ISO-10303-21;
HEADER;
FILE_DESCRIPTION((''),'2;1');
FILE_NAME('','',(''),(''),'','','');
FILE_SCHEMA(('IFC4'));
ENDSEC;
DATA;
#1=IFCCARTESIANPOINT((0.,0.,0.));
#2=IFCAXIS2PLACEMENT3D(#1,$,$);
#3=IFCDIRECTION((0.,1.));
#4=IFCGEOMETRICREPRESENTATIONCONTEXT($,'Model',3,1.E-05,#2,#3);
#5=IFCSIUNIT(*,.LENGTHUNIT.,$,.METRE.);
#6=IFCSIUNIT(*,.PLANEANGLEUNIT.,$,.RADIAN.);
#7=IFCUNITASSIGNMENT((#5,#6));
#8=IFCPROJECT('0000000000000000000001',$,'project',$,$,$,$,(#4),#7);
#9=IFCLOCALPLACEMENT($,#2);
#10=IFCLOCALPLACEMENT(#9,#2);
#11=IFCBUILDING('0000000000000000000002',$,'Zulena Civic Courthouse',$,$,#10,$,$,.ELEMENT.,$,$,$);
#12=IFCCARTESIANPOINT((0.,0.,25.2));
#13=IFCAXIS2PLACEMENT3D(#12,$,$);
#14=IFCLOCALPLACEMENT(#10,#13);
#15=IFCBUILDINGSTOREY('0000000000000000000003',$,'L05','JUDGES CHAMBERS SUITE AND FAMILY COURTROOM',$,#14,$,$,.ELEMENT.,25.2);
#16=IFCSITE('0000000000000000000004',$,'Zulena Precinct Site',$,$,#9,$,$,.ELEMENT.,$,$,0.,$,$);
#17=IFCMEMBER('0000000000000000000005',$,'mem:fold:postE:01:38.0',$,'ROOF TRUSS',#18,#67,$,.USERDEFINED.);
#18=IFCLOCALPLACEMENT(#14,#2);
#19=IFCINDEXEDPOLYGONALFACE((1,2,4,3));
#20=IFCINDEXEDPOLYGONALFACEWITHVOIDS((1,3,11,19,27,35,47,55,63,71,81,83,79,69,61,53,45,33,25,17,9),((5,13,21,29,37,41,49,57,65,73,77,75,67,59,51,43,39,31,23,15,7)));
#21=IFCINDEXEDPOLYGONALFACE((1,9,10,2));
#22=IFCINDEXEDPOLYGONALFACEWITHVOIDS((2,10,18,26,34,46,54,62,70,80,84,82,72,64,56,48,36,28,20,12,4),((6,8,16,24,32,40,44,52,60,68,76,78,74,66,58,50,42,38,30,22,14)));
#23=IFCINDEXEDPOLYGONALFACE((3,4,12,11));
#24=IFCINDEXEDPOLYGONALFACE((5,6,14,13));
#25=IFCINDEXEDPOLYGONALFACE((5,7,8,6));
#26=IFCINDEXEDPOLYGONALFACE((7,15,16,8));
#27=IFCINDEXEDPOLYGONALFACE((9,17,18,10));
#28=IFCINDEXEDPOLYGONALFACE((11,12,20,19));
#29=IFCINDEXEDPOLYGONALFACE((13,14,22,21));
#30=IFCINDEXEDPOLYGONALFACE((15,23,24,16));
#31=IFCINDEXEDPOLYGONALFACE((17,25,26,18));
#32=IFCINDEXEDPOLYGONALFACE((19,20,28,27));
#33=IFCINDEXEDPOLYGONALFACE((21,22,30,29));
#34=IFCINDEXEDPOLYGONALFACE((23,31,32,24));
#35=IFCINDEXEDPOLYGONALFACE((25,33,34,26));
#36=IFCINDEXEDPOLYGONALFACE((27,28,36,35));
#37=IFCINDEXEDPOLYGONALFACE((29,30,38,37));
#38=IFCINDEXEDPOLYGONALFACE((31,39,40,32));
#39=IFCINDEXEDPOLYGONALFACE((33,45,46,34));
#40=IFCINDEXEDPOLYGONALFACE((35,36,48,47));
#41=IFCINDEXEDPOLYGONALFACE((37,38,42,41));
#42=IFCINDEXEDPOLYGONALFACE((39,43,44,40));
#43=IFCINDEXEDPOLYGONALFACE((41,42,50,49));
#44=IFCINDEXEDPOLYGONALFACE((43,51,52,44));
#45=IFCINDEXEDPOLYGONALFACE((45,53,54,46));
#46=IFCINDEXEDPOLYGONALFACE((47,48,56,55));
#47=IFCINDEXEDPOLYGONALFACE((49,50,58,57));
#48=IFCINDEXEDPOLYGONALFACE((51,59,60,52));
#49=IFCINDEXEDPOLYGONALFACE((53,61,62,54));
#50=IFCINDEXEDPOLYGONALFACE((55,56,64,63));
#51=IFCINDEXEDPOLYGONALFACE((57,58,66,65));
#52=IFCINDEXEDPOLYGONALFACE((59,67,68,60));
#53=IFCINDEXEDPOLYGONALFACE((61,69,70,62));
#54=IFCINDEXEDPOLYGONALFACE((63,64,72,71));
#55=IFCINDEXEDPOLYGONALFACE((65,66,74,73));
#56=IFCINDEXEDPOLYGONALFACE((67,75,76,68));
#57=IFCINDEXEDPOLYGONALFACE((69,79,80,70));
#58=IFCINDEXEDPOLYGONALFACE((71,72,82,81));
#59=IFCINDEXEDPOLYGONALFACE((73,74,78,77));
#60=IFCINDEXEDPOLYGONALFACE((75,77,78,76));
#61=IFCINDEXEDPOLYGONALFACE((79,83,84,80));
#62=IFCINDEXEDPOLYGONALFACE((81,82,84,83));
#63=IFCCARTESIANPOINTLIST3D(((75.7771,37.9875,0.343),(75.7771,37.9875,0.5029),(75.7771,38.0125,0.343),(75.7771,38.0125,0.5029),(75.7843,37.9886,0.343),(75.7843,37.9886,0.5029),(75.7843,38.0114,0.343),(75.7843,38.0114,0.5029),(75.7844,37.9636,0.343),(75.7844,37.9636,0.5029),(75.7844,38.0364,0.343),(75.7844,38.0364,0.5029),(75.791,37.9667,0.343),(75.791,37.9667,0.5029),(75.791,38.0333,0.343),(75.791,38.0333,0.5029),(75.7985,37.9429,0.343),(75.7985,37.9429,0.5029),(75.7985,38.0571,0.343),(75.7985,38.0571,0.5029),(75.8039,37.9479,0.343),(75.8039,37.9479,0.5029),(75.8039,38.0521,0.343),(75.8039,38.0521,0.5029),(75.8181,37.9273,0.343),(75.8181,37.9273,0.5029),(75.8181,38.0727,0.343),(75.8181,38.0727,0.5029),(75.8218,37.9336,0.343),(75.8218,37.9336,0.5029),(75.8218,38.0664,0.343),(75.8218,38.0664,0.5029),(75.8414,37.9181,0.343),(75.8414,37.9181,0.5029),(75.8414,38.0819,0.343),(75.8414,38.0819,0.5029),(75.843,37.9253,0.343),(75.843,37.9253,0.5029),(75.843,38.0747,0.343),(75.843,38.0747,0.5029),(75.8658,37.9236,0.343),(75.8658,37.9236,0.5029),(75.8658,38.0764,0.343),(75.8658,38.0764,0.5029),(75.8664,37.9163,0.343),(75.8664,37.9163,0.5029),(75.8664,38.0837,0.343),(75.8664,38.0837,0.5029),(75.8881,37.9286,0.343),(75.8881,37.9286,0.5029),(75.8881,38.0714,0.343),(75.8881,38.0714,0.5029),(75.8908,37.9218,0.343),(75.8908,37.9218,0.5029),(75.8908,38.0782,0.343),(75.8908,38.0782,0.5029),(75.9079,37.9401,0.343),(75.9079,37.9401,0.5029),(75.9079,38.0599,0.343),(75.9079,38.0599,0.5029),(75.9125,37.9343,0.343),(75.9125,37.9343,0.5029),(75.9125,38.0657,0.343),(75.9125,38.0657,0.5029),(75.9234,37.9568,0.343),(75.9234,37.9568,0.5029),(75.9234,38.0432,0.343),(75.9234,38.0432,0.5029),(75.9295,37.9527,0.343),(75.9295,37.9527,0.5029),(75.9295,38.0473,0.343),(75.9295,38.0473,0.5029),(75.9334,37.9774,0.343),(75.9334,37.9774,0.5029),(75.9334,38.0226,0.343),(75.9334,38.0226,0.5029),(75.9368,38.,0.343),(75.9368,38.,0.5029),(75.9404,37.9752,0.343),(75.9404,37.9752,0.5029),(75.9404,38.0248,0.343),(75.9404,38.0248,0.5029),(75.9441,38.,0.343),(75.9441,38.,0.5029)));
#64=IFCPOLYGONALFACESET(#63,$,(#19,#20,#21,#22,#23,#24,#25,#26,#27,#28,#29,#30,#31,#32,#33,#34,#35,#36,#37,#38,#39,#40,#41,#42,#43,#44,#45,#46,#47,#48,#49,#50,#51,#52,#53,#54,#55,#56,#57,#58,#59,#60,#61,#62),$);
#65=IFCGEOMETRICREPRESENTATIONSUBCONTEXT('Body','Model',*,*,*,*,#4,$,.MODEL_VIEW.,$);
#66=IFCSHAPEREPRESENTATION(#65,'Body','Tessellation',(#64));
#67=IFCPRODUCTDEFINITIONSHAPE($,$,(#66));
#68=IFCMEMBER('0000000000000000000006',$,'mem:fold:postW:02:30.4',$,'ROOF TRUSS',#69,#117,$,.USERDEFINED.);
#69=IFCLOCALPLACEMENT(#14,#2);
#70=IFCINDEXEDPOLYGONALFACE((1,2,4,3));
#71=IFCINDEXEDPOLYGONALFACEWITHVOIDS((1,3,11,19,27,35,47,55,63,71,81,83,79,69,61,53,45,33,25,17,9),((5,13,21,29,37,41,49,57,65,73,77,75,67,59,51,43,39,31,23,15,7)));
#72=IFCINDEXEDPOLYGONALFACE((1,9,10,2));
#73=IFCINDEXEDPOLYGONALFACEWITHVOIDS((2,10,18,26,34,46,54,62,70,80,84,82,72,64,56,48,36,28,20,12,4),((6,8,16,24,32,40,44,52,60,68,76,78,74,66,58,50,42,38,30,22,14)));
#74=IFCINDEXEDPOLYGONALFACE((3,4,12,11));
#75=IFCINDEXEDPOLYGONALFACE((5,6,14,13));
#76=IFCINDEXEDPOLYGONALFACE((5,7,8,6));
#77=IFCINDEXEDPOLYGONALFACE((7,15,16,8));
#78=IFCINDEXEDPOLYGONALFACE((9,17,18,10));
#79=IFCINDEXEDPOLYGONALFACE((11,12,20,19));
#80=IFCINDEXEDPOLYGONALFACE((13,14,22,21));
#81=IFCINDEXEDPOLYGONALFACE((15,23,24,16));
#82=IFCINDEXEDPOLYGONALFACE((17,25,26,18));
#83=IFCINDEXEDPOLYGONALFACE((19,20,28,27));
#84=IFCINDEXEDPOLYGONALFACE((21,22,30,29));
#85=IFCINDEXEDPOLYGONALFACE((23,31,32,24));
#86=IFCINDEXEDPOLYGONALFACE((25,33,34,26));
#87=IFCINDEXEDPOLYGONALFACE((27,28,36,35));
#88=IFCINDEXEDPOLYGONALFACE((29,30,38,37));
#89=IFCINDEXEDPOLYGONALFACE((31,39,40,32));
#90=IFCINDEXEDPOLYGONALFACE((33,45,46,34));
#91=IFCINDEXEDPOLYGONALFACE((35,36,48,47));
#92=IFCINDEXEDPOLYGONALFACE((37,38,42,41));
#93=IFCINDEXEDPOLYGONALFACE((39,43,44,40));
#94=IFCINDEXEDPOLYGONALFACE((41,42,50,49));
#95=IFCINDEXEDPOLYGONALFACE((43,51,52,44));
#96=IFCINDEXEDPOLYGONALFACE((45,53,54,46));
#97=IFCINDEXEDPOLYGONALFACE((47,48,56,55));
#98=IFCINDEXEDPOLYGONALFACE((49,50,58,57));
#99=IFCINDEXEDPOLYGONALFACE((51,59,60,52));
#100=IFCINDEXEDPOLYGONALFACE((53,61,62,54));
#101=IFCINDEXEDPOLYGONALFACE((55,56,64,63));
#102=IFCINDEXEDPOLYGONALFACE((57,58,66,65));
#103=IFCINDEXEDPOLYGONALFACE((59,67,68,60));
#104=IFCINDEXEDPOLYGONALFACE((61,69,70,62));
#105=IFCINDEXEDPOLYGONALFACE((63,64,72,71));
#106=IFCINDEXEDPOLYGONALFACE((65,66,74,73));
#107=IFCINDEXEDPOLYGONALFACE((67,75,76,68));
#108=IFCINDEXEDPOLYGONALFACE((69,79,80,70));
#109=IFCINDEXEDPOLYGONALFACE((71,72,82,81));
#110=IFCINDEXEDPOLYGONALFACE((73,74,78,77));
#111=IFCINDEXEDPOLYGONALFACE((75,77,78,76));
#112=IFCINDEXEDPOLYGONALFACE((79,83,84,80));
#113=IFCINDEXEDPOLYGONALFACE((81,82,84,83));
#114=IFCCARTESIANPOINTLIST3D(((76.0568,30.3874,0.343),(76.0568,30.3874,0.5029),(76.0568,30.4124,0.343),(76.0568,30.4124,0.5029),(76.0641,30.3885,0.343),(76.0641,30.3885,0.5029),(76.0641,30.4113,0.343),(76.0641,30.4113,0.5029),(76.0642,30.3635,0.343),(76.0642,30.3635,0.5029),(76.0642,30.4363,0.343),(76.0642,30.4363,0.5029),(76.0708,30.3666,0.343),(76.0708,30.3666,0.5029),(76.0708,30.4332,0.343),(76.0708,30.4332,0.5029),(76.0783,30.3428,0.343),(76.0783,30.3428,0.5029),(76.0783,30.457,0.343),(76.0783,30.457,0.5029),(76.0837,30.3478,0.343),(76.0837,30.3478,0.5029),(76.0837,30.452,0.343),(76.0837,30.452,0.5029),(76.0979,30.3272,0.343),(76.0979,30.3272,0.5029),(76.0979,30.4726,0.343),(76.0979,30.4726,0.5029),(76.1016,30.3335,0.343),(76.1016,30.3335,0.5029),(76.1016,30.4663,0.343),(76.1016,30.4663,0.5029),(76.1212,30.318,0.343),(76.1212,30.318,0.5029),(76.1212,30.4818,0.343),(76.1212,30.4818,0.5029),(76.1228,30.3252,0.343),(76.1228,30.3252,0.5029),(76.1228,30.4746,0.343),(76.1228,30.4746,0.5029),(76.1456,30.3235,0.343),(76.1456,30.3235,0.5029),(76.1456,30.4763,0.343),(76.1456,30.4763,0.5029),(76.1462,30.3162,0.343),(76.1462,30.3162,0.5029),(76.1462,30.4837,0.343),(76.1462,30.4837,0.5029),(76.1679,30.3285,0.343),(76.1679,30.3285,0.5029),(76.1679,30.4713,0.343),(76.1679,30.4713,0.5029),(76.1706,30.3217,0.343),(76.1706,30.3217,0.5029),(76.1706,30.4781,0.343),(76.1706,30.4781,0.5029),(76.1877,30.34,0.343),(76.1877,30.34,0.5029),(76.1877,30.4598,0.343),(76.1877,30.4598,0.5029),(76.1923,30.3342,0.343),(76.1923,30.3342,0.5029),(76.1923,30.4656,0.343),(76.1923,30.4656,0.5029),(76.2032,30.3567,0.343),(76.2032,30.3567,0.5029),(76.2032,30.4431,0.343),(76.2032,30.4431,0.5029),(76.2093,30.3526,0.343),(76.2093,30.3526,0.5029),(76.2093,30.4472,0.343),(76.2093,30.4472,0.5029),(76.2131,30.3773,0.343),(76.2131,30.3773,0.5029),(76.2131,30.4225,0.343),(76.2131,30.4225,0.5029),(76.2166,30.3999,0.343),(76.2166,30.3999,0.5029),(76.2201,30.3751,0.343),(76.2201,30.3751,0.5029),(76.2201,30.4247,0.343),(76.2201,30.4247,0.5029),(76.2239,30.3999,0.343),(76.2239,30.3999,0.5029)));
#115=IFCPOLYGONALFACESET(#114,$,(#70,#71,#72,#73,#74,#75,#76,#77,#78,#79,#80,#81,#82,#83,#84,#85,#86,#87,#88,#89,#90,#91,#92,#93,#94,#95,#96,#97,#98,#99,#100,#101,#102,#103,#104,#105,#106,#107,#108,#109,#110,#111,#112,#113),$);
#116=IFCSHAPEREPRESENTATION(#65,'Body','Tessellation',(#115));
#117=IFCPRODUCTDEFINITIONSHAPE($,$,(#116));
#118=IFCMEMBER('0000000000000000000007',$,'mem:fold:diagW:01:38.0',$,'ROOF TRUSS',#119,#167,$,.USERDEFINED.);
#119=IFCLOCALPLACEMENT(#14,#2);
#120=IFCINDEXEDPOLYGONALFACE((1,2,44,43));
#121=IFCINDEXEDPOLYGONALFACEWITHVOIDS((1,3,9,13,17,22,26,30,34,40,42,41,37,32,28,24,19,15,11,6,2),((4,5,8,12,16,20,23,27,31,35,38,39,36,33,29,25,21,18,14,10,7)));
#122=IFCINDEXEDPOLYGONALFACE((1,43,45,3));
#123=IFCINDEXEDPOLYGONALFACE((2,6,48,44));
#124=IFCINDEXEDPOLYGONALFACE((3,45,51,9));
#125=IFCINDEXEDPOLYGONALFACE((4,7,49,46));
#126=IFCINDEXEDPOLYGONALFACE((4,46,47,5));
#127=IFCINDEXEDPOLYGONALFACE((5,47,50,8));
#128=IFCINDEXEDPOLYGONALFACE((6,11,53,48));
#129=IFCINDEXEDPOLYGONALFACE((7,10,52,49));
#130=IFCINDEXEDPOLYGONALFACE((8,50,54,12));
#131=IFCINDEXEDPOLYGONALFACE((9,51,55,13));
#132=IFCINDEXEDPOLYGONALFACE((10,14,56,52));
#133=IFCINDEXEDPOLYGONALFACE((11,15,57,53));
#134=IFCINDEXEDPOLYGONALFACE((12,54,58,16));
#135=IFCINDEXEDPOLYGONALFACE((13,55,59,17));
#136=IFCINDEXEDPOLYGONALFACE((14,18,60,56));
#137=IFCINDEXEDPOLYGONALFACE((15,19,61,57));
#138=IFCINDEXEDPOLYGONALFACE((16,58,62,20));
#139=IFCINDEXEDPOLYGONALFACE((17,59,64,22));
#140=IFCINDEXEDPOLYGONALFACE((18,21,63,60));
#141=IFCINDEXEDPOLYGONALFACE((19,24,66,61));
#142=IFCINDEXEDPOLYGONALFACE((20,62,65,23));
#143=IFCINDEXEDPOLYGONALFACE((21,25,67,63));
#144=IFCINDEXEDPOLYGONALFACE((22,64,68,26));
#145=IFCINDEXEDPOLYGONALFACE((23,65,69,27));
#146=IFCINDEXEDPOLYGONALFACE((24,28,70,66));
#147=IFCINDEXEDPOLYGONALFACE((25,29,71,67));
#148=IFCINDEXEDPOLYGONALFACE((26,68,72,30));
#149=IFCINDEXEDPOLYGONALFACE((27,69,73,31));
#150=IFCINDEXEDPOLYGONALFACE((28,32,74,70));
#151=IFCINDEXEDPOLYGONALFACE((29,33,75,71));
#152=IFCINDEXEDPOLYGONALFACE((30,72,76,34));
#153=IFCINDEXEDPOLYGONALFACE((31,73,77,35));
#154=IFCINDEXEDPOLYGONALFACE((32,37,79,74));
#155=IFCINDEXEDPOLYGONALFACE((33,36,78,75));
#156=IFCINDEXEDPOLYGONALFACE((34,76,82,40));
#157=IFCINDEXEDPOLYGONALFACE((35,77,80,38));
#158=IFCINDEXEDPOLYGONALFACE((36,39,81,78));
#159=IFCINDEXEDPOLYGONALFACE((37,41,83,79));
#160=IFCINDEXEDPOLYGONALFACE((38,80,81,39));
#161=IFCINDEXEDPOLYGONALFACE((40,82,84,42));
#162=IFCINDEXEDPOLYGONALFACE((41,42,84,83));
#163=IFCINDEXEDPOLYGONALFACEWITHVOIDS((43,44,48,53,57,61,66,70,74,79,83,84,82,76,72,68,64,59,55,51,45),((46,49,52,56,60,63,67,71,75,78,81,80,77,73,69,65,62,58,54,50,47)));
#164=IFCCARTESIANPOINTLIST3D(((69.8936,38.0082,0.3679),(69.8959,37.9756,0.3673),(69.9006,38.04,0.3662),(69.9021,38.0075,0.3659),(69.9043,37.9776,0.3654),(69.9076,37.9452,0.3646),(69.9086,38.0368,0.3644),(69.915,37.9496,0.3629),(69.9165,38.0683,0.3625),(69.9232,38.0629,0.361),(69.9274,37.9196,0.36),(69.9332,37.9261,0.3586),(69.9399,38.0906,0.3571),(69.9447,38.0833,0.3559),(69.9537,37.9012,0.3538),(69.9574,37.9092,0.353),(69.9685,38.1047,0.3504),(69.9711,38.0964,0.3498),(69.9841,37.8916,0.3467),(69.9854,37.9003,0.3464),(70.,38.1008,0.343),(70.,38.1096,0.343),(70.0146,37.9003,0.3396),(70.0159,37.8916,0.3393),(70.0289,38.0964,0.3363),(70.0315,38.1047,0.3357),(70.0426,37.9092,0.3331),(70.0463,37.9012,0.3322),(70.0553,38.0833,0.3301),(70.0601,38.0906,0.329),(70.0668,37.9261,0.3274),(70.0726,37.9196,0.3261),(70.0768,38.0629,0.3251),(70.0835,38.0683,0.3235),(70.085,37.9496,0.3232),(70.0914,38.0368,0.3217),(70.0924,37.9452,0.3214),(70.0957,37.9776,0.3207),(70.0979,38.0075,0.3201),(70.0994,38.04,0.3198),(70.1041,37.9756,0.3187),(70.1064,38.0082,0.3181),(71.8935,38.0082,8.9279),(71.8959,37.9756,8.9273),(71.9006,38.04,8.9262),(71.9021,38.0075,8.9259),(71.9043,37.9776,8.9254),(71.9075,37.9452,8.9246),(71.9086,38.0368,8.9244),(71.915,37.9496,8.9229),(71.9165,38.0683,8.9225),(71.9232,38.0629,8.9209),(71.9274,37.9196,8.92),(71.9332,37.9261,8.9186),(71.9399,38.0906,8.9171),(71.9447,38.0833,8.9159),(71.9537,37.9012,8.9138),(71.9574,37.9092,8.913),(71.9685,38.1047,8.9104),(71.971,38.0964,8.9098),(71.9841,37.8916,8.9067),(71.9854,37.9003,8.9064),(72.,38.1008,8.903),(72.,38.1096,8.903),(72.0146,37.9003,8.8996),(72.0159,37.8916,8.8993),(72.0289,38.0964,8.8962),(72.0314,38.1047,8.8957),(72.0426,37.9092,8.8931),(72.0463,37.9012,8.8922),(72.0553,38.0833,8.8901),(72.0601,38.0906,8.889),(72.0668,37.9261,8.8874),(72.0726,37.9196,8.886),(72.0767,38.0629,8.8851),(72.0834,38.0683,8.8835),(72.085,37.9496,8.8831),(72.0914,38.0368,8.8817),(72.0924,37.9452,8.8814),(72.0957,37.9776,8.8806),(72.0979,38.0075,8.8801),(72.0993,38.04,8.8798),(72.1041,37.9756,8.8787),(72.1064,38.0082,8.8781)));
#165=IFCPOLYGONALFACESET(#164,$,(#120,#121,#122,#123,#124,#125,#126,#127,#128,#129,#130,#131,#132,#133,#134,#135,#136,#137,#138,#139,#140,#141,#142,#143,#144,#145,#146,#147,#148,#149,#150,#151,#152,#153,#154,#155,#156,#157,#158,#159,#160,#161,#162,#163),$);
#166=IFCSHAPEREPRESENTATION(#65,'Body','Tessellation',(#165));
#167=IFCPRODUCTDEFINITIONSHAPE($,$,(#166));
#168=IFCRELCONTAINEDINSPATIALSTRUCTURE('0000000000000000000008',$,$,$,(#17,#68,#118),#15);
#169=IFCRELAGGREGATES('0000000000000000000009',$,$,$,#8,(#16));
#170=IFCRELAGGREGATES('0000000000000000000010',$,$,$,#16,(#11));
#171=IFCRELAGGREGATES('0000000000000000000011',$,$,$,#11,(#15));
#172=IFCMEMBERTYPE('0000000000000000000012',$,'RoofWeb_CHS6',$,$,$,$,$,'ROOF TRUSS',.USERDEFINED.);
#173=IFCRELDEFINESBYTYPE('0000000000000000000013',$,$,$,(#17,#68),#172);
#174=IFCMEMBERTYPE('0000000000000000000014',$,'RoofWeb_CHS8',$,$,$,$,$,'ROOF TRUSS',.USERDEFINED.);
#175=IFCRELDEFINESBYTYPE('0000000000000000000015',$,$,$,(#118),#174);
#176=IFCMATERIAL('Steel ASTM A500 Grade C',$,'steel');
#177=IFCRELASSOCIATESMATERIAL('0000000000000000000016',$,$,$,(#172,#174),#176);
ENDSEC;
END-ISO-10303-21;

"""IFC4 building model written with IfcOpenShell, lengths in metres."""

from ifc_helpers import new_model, si_unit, direction, frame, origin, origin_2d, place, context, subcontext, project, spatial, hollow_circle, extrude, material, material_profile, profile_set, type_object, element, save


model = new_model("IFC4")

# Units and contexts
model_context = context("Model", 3, precision=1e-05, world=origin(), true_north=direction((0.0, 1.0)))
body_context = subcontext(model_context, "Body", "Model", "MODEL_VIEW")
ifc_project = project(units=[si_unit("LENGTHUNIT", "METRE"), si_unit("PLANEANGLEUNIT", "RADIAN")], contexts=[model_context])

# Site, building, storey
site_placement = place(None, origin())
site = spatial("IfcSite", under=ifc_project, at=site_placement, Name="Zulena Precinct Site", CompositionType="ELEMENT", RefElevation=0.0)
building_placement = place(site_placement, origin())
building = spatial("IfcBuilding", under=site, at=building_placement, Name="Zulena Civic Courthouse", CompositionType="ELEMENT")
storey_placement = place(building_placement, frame((0.0, 0.0, 25.2)))
storey = spatial("IfcBuildingStorey", under=building, at=storey_placement, Name="L05", Description="JUDGES CHAMBERS SUITE AND FAMILY COURTROOM", CompositionType="ELEMENT", Elevation=25.2)

# Members
ifc_material_1 = material(Name="Steel ASTM A500 Grade C", Category="steel")
ifc_material_profile_1 = material_profile(ifc_material_1, hollow_circle(Radius=0.084, WallThickness=0.0073, at=origin_2d()), Name="HSS6.625X0.312")
ifc_profile_set_1 = profile_set([ifc_material_profile_1], Name="Steel ASTM A500 Grade C")
member_type_1 = type_object("IfcMemberType", Name="RoofWeb_CHS6", ElementType="ROOF TRUSS", PredefinedType="USERDEFINED", material=ifc_profile_set_1)
for number, where, z_axis, x_axis, name in (
    (1, (75.8601, 38.0, 0.343), (0.0, 0.0, 1.0), (1.0, 0.0, 0.0), "mem:fold:postE:01:38.0"),
    (2, (76.1399, 30.3999, 0.343), (0.0, 0.0, 1.0), (1.0, 0.0, 0.0), "mem:fold:postW:02:30.4"),
):
    element("IfcMember", number, at=place(storey_placement, frame(where, z_axis=z_axis, x_axis=x_axis)), inside=storey, type_object=member_type_1, Name=name, ObjectType="ROOF TRUSS", PredefinedType="USERDEFINED", context=body_context, shape_type="SweptSolid", body=[
        extrude(hollow_circle(Radius=0.084, WallThickness=0.0073, at=origin_2d()), origin(), (0.0, 0.0, 1.0), 0.1599),
    ])
ifc_material_profile_2 = material_profile(ifc_material_1, hollow_circle(Radius=0.1096, WallThickness=0.0088, at=origin_2d()), Name="HSS8.625X0.375")
ifc_profile_set_2 = profile_set([ifc_material_profile_2], Name="Steel ASTM A500 Grade C")
member_type_2 = type_object("IfcMemberType", Name="RoofWeb_CHS8", ElementType="ROOF TRUSS", PredefinedType="USERDEFINED", material=ifc_profile_set_2)
for number, where, z_axis, x_axis, name in (
    (3, (70.0, 38.0, 0.343), (0.227516, 0.0, 0.973774), (0.0, 1.0, 0.0), "mem:fold:diagW:01:38.0"),
):
    element("IfcMember", number, at=place(storey_placement, frame(where, z_axis=z_axis, x_axis=x_axis)), inside=storey, type_object=member_type_2, Name=name, ObjectType="ROOF TRUSS", PredefinedType="USERDEFINED", context=body_context, shape_type="SweptSolid", body=[
        extrude(hollow_circle(Radius=0.1096, WallThickness=0.0088, at=origin_2d()), origin(), (0.0, 0.0, 1.0), 8.7905),
    ])

save(model, "model.ifc")
